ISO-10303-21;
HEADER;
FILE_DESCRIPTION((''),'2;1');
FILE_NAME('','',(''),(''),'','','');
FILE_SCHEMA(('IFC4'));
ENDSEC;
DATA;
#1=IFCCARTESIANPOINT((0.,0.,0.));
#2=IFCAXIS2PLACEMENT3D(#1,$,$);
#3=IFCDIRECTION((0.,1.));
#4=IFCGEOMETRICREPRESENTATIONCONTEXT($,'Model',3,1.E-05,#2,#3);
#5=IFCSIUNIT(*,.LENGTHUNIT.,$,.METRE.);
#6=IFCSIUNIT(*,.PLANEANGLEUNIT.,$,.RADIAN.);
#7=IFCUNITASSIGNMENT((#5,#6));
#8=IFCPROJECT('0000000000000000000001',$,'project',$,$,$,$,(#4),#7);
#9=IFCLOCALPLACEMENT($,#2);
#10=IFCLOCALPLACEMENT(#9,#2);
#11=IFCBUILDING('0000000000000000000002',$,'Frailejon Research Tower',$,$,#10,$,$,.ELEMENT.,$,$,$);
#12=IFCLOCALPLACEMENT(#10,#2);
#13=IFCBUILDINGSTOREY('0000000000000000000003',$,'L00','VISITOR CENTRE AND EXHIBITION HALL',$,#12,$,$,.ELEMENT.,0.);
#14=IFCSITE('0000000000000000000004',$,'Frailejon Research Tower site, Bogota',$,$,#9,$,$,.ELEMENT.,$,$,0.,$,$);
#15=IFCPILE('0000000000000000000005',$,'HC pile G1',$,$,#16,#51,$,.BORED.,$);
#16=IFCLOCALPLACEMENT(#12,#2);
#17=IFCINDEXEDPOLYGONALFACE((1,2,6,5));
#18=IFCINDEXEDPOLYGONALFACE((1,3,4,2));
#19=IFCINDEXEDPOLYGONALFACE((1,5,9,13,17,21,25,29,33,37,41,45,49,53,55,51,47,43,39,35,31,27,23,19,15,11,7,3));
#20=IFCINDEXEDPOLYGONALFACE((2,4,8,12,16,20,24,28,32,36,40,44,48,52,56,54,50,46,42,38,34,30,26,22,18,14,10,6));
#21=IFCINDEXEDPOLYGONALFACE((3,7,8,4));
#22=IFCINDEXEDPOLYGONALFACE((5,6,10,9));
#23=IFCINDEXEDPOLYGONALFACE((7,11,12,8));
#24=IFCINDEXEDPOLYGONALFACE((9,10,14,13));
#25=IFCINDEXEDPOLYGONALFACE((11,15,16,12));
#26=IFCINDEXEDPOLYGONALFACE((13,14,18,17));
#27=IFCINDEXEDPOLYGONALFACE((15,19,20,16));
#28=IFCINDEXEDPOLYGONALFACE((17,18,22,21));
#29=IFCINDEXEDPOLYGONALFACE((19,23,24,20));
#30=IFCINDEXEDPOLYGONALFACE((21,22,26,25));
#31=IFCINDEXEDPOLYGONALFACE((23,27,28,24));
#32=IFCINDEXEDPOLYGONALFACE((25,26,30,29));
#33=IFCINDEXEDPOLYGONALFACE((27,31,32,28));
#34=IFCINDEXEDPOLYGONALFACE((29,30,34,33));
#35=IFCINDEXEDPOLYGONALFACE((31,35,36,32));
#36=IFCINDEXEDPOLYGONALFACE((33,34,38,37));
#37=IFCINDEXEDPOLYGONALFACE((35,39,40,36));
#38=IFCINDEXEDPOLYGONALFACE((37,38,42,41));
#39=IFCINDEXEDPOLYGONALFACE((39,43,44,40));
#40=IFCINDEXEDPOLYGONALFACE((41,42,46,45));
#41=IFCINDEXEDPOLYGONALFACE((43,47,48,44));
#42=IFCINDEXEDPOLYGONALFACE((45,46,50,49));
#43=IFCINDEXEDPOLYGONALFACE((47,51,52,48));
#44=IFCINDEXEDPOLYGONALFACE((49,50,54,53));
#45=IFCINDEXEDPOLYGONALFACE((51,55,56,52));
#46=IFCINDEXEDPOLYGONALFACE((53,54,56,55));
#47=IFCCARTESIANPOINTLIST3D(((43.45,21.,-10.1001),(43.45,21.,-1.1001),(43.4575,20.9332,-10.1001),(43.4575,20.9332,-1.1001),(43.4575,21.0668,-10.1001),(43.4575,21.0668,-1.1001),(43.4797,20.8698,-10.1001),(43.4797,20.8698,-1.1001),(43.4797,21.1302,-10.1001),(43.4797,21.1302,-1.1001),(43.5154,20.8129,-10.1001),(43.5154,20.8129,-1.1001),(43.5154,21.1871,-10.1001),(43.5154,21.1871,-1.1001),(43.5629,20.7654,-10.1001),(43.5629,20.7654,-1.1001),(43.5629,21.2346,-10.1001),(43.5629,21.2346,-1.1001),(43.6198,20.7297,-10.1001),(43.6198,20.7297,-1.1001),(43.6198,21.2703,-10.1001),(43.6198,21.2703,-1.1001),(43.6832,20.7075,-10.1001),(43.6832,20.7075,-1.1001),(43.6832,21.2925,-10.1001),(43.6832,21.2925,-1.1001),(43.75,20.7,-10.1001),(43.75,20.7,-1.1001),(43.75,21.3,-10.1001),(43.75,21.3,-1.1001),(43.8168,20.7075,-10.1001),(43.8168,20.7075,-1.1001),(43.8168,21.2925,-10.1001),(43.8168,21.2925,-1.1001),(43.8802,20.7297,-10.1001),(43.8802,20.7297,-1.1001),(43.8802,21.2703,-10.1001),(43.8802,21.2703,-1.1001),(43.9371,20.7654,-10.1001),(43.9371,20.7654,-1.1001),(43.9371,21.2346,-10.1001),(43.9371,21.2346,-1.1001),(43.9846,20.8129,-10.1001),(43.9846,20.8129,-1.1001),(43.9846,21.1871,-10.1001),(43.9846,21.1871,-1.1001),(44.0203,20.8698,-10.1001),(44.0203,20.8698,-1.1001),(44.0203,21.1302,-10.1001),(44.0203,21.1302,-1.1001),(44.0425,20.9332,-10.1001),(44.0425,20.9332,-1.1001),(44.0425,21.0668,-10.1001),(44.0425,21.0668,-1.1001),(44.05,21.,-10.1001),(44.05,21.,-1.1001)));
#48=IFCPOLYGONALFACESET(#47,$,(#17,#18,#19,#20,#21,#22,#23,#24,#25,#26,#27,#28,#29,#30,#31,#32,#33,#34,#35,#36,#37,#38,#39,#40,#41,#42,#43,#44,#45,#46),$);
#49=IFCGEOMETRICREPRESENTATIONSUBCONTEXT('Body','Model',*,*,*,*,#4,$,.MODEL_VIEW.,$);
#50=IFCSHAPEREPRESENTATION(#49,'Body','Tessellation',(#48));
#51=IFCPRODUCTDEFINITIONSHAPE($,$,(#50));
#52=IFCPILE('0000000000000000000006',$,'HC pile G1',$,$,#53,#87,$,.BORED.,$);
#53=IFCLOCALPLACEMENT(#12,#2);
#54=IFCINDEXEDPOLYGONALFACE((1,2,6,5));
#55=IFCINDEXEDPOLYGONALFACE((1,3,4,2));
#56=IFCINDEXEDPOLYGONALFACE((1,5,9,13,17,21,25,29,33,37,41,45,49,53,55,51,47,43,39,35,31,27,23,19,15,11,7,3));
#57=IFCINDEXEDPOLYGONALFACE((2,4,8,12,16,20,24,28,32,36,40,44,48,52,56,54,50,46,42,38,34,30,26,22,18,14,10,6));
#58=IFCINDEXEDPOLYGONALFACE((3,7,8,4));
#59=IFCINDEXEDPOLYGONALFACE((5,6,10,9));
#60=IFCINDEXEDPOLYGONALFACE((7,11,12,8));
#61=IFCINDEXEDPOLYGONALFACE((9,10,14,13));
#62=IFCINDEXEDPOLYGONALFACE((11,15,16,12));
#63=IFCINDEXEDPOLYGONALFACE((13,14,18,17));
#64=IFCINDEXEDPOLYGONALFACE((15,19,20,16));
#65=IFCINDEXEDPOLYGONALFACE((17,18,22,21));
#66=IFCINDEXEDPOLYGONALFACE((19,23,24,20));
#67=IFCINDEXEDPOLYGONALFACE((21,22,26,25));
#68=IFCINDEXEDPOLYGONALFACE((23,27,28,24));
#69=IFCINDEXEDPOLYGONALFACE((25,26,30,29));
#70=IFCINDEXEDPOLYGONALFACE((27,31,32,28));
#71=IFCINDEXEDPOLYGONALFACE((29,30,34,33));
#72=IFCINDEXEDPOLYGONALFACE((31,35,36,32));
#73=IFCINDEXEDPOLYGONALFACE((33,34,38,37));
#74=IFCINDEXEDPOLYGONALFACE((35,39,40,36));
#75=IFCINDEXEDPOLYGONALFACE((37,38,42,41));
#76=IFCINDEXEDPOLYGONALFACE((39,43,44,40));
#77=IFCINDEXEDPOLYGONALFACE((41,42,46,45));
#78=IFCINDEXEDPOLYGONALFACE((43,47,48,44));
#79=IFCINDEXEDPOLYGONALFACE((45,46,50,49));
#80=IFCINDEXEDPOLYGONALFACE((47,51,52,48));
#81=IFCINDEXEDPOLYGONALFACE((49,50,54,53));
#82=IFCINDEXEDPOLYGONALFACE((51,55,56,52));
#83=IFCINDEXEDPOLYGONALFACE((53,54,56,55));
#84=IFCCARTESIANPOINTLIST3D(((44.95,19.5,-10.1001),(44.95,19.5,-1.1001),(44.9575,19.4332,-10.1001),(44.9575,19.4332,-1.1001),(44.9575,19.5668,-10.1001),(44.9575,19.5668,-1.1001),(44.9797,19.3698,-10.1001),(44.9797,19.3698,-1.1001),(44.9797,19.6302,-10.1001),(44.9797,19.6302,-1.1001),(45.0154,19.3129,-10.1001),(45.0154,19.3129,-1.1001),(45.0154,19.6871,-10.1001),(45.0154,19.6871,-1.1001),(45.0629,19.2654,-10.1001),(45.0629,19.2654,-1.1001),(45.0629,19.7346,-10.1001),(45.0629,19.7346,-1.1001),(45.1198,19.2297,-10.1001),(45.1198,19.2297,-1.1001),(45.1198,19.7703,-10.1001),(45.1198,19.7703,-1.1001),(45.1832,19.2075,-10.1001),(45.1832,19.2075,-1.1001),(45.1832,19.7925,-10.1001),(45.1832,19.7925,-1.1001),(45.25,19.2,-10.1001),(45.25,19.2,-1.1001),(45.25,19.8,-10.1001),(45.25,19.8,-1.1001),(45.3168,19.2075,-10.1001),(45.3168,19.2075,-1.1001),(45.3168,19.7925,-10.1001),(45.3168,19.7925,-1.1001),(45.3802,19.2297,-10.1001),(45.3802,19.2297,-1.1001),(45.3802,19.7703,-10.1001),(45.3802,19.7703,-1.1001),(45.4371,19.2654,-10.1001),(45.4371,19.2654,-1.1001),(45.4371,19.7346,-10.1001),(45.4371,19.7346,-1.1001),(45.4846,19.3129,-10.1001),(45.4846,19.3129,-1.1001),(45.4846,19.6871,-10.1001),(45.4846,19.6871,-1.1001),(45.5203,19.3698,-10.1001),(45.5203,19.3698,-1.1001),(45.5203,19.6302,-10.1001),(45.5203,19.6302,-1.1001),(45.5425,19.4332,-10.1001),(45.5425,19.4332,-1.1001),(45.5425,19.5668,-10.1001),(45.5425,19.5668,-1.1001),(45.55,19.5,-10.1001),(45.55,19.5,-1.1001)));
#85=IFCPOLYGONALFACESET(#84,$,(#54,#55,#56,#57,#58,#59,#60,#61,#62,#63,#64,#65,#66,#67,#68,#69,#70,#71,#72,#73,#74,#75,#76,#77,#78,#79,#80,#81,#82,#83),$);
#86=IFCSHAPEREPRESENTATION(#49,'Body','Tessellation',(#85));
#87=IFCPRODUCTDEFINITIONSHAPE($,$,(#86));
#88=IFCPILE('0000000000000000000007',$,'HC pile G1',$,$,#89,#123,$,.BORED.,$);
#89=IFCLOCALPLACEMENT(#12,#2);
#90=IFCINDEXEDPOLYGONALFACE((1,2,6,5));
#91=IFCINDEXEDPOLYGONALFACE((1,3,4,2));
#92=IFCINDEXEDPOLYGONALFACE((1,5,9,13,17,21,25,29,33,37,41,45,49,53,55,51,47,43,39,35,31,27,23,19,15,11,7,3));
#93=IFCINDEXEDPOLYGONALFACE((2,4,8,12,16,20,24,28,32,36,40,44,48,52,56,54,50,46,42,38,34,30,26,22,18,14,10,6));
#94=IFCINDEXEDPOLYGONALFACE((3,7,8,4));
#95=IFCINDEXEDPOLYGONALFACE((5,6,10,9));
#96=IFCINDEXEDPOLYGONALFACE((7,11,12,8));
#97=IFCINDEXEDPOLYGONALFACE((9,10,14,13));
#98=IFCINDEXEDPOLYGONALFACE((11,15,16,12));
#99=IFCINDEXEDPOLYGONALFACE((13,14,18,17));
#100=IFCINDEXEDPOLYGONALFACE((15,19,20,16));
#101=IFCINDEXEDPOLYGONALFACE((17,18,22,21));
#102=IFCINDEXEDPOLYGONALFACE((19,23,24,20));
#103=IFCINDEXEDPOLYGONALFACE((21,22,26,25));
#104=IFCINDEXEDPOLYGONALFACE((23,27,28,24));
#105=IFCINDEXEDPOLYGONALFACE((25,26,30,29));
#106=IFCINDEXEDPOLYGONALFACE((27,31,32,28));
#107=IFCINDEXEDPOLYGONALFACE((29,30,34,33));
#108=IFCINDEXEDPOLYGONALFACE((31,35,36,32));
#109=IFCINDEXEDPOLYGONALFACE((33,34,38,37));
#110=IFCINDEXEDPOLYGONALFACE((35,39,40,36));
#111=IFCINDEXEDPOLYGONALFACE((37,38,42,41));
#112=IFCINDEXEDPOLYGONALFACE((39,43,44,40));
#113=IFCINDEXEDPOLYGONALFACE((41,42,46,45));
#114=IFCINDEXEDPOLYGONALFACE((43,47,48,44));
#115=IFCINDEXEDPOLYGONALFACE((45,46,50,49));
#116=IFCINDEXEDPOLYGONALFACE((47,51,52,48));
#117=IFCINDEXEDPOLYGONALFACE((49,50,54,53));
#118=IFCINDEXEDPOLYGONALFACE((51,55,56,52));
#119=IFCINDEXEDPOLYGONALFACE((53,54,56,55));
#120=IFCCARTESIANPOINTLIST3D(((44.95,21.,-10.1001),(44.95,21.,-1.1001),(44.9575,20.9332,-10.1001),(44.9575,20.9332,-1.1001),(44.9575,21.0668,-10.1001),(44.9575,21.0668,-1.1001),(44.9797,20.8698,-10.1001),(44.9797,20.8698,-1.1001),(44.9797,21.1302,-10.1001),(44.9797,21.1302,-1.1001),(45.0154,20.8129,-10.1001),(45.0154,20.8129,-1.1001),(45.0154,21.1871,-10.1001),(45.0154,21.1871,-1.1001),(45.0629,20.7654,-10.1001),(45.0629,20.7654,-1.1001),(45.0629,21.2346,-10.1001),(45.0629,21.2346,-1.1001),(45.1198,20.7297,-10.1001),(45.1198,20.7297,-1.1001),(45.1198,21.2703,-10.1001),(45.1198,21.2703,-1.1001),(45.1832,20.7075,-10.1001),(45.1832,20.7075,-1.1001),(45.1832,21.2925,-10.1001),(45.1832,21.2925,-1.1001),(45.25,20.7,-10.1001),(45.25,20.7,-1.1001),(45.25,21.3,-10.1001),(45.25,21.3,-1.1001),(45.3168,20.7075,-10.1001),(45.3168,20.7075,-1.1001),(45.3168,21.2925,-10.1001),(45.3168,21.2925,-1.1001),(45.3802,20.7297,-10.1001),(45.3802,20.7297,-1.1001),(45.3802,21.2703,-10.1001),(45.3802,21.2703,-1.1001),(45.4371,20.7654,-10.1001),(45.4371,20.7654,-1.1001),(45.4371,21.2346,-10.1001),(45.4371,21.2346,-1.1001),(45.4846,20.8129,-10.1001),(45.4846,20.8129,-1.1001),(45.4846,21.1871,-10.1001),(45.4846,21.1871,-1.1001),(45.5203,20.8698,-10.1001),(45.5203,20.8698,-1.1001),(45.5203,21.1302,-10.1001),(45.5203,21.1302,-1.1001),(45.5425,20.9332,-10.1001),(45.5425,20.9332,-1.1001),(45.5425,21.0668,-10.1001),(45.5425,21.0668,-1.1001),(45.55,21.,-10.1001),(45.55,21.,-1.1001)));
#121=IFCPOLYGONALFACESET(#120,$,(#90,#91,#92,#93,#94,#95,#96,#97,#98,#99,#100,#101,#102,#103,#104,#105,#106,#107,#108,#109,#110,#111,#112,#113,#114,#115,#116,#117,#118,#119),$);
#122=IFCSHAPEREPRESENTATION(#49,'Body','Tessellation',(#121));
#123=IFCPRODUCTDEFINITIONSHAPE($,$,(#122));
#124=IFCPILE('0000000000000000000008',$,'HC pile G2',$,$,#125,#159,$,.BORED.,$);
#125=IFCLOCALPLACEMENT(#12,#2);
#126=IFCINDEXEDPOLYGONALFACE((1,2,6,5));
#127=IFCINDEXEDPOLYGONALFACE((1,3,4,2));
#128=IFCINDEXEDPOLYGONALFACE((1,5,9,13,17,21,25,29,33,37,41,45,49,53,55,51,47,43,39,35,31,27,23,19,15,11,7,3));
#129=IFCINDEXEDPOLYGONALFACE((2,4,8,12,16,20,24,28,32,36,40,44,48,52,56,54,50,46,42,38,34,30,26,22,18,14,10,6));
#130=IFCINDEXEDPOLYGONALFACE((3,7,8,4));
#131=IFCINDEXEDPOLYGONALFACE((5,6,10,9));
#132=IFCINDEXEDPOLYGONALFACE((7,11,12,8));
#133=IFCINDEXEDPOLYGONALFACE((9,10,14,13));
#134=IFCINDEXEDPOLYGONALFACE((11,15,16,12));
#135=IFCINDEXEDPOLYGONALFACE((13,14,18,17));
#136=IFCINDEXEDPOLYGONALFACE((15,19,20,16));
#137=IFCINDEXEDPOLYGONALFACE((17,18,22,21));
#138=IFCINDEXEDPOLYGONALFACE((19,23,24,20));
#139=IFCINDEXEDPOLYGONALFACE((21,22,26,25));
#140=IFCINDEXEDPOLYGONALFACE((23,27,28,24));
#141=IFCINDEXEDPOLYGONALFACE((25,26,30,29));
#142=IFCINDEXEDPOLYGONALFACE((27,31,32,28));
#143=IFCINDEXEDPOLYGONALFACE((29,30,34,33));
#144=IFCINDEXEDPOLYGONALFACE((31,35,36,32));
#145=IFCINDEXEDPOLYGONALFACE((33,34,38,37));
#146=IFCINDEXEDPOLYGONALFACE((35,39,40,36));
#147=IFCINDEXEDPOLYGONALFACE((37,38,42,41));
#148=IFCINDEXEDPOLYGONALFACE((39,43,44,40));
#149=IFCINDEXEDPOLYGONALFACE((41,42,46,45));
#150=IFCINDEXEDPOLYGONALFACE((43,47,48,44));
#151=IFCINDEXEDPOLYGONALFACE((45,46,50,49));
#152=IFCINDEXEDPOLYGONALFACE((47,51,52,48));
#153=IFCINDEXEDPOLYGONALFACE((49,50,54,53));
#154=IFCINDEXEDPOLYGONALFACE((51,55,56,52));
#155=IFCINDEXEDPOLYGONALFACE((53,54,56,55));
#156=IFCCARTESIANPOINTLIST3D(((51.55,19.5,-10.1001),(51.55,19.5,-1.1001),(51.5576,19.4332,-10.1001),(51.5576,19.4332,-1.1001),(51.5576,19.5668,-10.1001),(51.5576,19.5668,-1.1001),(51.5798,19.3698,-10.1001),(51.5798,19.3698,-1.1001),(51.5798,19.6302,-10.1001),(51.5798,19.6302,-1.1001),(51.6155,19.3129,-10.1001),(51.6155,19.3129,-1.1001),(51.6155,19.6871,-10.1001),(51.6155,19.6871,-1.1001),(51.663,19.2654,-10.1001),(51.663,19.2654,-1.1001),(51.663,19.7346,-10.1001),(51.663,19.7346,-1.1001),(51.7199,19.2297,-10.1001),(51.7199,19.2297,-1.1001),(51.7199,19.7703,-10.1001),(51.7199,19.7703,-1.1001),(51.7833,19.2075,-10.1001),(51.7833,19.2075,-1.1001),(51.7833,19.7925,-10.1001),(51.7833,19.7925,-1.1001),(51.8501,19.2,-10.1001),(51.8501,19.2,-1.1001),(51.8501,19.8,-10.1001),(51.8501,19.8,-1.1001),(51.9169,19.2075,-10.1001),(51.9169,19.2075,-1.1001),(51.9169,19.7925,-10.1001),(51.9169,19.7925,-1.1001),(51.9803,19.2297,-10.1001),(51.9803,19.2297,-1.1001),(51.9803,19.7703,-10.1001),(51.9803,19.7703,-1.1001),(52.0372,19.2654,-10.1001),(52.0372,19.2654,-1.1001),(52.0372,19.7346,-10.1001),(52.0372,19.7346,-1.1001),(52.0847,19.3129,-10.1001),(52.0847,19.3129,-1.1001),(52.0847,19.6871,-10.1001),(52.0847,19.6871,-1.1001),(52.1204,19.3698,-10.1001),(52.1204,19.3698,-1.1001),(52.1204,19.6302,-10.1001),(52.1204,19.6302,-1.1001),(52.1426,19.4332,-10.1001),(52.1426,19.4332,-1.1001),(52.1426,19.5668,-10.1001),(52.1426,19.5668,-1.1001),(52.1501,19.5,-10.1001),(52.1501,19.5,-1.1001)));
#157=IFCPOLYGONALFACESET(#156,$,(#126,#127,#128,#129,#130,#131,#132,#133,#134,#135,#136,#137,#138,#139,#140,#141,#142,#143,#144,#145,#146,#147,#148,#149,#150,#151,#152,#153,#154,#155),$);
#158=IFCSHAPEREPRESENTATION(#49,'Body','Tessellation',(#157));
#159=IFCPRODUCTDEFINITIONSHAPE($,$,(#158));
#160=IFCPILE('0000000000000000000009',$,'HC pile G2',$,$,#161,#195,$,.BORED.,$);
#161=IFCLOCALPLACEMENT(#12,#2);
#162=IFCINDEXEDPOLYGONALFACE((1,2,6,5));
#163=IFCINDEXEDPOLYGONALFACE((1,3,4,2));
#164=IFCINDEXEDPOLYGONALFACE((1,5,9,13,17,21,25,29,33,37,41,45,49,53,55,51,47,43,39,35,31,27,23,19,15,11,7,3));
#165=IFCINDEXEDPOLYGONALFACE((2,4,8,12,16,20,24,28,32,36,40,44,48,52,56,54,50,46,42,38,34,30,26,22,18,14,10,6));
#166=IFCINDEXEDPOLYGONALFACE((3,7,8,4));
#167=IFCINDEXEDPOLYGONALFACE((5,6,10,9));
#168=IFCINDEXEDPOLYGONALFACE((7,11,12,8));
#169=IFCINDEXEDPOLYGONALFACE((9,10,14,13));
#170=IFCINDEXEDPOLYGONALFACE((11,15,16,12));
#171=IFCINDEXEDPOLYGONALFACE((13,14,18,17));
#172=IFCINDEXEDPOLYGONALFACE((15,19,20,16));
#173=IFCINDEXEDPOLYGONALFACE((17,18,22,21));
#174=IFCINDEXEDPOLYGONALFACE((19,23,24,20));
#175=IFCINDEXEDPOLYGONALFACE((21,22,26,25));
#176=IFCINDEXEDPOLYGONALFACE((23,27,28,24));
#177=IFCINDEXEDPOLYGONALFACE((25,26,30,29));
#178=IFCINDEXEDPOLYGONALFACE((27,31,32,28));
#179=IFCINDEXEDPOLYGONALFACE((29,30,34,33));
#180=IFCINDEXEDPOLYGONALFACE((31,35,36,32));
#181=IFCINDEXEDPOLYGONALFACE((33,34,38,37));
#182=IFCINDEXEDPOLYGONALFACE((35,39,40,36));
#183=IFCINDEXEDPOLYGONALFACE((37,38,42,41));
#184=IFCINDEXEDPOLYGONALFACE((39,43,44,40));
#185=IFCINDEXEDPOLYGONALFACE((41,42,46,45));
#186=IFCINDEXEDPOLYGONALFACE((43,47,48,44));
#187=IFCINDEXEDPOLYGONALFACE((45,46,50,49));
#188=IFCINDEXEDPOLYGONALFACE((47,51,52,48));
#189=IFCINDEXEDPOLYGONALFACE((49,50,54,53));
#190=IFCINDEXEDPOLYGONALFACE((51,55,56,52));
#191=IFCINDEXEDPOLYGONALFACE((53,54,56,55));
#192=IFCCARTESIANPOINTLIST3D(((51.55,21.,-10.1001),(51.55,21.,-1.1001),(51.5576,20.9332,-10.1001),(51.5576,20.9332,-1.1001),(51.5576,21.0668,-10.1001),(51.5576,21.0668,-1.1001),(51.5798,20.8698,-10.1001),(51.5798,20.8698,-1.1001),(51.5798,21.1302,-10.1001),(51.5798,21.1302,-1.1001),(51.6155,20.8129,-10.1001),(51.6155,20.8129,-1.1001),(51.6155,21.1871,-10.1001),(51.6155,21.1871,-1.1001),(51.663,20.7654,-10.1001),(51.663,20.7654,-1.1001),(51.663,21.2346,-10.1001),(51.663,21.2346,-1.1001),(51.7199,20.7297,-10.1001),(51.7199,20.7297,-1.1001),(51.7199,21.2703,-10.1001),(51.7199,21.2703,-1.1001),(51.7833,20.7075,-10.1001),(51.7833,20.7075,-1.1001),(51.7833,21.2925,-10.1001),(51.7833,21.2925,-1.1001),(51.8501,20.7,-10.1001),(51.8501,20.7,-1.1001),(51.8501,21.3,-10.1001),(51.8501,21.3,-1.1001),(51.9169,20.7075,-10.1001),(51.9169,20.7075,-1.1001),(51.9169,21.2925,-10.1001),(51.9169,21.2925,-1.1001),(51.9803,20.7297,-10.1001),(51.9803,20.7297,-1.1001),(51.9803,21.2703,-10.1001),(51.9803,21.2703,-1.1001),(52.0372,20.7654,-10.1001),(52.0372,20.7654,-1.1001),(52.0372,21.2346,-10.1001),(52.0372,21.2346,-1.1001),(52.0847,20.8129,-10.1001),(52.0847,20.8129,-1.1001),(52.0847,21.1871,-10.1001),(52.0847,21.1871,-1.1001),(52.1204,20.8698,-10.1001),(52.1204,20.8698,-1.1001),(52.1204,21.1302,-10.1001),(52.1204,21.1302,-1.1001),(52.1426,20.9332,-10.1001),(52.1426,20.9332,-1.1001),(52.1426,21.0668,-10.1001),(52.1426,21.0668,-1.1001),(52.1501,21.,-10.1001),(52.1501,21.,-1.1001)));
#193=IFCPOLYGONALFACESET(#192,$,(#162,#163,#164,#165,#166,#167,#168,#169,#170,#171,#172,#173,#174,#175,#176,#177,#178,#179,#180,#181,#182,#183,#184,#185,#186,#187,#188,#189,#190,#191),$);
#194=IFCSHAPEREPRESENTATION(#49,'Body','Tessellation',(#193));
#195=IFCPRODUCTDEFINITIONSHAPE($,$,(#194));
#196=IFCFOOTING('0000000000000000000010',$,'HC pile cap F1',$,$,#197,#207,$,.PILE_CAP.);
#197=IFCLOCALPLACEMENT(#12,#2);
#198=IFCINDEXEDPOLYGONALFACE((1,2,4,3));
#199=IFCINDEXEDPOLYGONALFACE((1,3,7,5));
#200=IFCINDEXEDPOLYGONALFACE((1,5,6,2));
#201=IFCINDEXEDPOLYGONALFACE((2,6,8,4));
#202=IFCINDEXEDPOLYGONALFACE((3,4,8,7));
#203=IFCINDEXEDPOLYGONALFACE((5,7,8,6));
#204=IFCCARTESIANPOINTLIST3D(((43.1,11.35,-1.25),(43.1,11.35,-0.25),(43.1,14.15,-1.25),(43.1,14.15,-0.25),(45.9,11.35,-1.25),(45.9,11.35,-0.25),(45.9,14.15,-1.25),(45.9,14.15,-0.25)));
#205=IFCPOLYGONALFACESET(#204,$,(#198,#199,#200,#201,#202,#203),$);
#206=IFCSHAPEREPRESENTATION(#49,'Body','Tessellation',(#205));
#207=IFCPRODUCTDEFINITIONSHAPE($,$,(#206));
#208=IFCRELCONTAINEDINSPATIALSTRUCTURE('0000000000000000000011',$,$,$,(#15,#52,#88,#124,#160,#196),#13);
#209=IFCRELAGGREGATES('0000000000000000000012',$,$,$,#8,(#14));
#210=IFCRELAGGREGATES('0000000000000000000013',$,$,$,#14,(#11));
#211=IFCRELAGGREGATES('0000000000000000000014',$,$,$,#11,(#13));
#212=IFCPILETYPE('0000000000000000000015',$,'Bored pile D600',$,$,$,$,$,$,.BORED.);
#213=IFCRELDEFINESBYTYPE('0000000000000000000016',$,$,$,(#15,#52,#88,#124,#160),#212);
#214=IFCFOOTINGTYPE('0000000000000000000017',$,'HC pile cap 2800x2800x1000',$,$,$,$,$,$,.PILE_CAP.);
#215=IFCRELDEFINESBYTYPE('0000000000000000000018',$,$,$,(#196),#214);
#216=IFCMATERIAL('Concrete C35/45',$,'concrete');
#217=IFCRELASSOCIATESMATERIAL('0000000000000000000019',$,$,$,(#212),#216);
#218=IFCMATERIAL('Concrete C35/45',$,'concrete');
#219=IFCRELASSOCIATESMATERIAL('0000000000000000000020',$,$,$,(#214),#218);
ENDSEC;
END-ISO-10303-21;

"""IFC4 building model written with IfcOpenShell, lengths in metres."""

from ifc_helpers import new_model, si_unit, direction, frame, origin, origin_2d, place, context, subcontext, project, spatial, rectangle, circle, extrude, material, material_profile, profile_set, type_object, element, save


model = new_model("IFC4")

# Units and contexts
model_context = context("Model", 3, precision=1e-05, world=origin(), true_north=direction((0.0, 1.0)))
body_context = subcontext(model_context, "Body", "Model", "MODEL_VIEW")
ifc_project = project(units=[si_unit("LENGTHUNIT", "METRE"), si_unit("PLANEANGLEUNIT", "RADIAN")], contexts=[model_context])

# Site, building, storey
site_placement = place(None, origin())
site = spatial("IfcSite", under=ifc_project, at=site_placement, Name="Frailejon Research Tower site, Bogota", CompositionType="ELEMENT", RefElevation=0.0)
building_placement = place(site_placement, origin())
building = spatial("IfcBuilding", under=site, at=building_placement, Name="Frailejon Research Tower", CompositionType="ELEMENT")
storey_placement = place(building_placement, origin())
storey = spatial("IfcBuildingStorey", under=building, at=storey_placement, Name="L00", Description="VISITOR CENTRE AND EXHIBITION HALL", CompositionType="ELEMENT", Elevation=0.0)

# Piles
ifc_material_1 = material(Name="Concrete C35/45", Category="concrete")
ifc_material_profile_1 = material_profile(ifc_material_1, circle(Radius=0.3, at=origin_2d()), Name="Bored pile D600")
ifc_profile_set_1 = profile_set([ifc_material_profile_1], Name="Concrete C35/45")
pile_type = type_object("IfcPileType", Name="Bored pile D600", PredefinedType="BORED", material=ifc_profile_set_1)
for number, where, z_axis, x_axis, name in (
    (1, (43.75, 21.0, -1.1001), (0.0, 0.0, -1.0), (1.0, 0.0, 0.0), "HC pile G1"),
    (2, (45.25, 19.5, -1.1001), (0.0, 0.0, -1.0), (1.0, 0.0, 0.0), "HC pile G1"),
    (3, (45.25, 21.0, -1.1001), (0.0, 0.0, -1.0), (1.0, 0.0, 0.0), "HC pile G1"),
    (4, (51.8501, 19.5, -1.1001), (0.0, 0.0, -1.0), (1.0, 0.0, 0.0), "HC pile G2"),
    (5, (51.8501, 21.0, -1.1001), (0.0, 0.0, -1.0), (1.0, 0.0, 0.0), "HC pile G2"),
):
    element("IfcPile", number, at=place(storey_placement, frame(where, z_axis=z_axis, x_axis=x_axis)), inside=storey, type_object=pile_type, Name=name, PredefinedType="BORED", context=body_context, shape_type="SweptSolid", body=[
        extrude(circle(Radius=0.3, at=origin_2d()), origin(), (0.0, 0.0, 1.0), 9.0),
    ])

# Footing
ifc_material_2 = material(Name="Concrete C35/45", Category="concrete")
footing_type = type_object("IfcFootingType", Name="HC pile cap 2800x2800x1000", PredefinedType="PILE_CAP", material=ifc_material_2)
for number, where, z_axis, x_axis, name in (
    (6, (44.5, 12.75, -1.25), (0.0, 0.0, 1.0), (1.0, 0.0, 0.0), "HC pile cap F1"),
):
    element("IfcFooting", number, at=place(storey_placement, frame(where, z_axis=z_axis, x_axis=x_axis)), inside=storey, type_object=footing_type, Name=name, PredefinedType="PILE_CAP", context=body_context, shape_type="SweptSolid", body=[
        extrude(rectangle(XDim=2.8, YDim=2.8, at=origin_2d()), origin(), (0.0, 0.0, 1.0), 1.0),
    ])

save(model, "model.ifc")
